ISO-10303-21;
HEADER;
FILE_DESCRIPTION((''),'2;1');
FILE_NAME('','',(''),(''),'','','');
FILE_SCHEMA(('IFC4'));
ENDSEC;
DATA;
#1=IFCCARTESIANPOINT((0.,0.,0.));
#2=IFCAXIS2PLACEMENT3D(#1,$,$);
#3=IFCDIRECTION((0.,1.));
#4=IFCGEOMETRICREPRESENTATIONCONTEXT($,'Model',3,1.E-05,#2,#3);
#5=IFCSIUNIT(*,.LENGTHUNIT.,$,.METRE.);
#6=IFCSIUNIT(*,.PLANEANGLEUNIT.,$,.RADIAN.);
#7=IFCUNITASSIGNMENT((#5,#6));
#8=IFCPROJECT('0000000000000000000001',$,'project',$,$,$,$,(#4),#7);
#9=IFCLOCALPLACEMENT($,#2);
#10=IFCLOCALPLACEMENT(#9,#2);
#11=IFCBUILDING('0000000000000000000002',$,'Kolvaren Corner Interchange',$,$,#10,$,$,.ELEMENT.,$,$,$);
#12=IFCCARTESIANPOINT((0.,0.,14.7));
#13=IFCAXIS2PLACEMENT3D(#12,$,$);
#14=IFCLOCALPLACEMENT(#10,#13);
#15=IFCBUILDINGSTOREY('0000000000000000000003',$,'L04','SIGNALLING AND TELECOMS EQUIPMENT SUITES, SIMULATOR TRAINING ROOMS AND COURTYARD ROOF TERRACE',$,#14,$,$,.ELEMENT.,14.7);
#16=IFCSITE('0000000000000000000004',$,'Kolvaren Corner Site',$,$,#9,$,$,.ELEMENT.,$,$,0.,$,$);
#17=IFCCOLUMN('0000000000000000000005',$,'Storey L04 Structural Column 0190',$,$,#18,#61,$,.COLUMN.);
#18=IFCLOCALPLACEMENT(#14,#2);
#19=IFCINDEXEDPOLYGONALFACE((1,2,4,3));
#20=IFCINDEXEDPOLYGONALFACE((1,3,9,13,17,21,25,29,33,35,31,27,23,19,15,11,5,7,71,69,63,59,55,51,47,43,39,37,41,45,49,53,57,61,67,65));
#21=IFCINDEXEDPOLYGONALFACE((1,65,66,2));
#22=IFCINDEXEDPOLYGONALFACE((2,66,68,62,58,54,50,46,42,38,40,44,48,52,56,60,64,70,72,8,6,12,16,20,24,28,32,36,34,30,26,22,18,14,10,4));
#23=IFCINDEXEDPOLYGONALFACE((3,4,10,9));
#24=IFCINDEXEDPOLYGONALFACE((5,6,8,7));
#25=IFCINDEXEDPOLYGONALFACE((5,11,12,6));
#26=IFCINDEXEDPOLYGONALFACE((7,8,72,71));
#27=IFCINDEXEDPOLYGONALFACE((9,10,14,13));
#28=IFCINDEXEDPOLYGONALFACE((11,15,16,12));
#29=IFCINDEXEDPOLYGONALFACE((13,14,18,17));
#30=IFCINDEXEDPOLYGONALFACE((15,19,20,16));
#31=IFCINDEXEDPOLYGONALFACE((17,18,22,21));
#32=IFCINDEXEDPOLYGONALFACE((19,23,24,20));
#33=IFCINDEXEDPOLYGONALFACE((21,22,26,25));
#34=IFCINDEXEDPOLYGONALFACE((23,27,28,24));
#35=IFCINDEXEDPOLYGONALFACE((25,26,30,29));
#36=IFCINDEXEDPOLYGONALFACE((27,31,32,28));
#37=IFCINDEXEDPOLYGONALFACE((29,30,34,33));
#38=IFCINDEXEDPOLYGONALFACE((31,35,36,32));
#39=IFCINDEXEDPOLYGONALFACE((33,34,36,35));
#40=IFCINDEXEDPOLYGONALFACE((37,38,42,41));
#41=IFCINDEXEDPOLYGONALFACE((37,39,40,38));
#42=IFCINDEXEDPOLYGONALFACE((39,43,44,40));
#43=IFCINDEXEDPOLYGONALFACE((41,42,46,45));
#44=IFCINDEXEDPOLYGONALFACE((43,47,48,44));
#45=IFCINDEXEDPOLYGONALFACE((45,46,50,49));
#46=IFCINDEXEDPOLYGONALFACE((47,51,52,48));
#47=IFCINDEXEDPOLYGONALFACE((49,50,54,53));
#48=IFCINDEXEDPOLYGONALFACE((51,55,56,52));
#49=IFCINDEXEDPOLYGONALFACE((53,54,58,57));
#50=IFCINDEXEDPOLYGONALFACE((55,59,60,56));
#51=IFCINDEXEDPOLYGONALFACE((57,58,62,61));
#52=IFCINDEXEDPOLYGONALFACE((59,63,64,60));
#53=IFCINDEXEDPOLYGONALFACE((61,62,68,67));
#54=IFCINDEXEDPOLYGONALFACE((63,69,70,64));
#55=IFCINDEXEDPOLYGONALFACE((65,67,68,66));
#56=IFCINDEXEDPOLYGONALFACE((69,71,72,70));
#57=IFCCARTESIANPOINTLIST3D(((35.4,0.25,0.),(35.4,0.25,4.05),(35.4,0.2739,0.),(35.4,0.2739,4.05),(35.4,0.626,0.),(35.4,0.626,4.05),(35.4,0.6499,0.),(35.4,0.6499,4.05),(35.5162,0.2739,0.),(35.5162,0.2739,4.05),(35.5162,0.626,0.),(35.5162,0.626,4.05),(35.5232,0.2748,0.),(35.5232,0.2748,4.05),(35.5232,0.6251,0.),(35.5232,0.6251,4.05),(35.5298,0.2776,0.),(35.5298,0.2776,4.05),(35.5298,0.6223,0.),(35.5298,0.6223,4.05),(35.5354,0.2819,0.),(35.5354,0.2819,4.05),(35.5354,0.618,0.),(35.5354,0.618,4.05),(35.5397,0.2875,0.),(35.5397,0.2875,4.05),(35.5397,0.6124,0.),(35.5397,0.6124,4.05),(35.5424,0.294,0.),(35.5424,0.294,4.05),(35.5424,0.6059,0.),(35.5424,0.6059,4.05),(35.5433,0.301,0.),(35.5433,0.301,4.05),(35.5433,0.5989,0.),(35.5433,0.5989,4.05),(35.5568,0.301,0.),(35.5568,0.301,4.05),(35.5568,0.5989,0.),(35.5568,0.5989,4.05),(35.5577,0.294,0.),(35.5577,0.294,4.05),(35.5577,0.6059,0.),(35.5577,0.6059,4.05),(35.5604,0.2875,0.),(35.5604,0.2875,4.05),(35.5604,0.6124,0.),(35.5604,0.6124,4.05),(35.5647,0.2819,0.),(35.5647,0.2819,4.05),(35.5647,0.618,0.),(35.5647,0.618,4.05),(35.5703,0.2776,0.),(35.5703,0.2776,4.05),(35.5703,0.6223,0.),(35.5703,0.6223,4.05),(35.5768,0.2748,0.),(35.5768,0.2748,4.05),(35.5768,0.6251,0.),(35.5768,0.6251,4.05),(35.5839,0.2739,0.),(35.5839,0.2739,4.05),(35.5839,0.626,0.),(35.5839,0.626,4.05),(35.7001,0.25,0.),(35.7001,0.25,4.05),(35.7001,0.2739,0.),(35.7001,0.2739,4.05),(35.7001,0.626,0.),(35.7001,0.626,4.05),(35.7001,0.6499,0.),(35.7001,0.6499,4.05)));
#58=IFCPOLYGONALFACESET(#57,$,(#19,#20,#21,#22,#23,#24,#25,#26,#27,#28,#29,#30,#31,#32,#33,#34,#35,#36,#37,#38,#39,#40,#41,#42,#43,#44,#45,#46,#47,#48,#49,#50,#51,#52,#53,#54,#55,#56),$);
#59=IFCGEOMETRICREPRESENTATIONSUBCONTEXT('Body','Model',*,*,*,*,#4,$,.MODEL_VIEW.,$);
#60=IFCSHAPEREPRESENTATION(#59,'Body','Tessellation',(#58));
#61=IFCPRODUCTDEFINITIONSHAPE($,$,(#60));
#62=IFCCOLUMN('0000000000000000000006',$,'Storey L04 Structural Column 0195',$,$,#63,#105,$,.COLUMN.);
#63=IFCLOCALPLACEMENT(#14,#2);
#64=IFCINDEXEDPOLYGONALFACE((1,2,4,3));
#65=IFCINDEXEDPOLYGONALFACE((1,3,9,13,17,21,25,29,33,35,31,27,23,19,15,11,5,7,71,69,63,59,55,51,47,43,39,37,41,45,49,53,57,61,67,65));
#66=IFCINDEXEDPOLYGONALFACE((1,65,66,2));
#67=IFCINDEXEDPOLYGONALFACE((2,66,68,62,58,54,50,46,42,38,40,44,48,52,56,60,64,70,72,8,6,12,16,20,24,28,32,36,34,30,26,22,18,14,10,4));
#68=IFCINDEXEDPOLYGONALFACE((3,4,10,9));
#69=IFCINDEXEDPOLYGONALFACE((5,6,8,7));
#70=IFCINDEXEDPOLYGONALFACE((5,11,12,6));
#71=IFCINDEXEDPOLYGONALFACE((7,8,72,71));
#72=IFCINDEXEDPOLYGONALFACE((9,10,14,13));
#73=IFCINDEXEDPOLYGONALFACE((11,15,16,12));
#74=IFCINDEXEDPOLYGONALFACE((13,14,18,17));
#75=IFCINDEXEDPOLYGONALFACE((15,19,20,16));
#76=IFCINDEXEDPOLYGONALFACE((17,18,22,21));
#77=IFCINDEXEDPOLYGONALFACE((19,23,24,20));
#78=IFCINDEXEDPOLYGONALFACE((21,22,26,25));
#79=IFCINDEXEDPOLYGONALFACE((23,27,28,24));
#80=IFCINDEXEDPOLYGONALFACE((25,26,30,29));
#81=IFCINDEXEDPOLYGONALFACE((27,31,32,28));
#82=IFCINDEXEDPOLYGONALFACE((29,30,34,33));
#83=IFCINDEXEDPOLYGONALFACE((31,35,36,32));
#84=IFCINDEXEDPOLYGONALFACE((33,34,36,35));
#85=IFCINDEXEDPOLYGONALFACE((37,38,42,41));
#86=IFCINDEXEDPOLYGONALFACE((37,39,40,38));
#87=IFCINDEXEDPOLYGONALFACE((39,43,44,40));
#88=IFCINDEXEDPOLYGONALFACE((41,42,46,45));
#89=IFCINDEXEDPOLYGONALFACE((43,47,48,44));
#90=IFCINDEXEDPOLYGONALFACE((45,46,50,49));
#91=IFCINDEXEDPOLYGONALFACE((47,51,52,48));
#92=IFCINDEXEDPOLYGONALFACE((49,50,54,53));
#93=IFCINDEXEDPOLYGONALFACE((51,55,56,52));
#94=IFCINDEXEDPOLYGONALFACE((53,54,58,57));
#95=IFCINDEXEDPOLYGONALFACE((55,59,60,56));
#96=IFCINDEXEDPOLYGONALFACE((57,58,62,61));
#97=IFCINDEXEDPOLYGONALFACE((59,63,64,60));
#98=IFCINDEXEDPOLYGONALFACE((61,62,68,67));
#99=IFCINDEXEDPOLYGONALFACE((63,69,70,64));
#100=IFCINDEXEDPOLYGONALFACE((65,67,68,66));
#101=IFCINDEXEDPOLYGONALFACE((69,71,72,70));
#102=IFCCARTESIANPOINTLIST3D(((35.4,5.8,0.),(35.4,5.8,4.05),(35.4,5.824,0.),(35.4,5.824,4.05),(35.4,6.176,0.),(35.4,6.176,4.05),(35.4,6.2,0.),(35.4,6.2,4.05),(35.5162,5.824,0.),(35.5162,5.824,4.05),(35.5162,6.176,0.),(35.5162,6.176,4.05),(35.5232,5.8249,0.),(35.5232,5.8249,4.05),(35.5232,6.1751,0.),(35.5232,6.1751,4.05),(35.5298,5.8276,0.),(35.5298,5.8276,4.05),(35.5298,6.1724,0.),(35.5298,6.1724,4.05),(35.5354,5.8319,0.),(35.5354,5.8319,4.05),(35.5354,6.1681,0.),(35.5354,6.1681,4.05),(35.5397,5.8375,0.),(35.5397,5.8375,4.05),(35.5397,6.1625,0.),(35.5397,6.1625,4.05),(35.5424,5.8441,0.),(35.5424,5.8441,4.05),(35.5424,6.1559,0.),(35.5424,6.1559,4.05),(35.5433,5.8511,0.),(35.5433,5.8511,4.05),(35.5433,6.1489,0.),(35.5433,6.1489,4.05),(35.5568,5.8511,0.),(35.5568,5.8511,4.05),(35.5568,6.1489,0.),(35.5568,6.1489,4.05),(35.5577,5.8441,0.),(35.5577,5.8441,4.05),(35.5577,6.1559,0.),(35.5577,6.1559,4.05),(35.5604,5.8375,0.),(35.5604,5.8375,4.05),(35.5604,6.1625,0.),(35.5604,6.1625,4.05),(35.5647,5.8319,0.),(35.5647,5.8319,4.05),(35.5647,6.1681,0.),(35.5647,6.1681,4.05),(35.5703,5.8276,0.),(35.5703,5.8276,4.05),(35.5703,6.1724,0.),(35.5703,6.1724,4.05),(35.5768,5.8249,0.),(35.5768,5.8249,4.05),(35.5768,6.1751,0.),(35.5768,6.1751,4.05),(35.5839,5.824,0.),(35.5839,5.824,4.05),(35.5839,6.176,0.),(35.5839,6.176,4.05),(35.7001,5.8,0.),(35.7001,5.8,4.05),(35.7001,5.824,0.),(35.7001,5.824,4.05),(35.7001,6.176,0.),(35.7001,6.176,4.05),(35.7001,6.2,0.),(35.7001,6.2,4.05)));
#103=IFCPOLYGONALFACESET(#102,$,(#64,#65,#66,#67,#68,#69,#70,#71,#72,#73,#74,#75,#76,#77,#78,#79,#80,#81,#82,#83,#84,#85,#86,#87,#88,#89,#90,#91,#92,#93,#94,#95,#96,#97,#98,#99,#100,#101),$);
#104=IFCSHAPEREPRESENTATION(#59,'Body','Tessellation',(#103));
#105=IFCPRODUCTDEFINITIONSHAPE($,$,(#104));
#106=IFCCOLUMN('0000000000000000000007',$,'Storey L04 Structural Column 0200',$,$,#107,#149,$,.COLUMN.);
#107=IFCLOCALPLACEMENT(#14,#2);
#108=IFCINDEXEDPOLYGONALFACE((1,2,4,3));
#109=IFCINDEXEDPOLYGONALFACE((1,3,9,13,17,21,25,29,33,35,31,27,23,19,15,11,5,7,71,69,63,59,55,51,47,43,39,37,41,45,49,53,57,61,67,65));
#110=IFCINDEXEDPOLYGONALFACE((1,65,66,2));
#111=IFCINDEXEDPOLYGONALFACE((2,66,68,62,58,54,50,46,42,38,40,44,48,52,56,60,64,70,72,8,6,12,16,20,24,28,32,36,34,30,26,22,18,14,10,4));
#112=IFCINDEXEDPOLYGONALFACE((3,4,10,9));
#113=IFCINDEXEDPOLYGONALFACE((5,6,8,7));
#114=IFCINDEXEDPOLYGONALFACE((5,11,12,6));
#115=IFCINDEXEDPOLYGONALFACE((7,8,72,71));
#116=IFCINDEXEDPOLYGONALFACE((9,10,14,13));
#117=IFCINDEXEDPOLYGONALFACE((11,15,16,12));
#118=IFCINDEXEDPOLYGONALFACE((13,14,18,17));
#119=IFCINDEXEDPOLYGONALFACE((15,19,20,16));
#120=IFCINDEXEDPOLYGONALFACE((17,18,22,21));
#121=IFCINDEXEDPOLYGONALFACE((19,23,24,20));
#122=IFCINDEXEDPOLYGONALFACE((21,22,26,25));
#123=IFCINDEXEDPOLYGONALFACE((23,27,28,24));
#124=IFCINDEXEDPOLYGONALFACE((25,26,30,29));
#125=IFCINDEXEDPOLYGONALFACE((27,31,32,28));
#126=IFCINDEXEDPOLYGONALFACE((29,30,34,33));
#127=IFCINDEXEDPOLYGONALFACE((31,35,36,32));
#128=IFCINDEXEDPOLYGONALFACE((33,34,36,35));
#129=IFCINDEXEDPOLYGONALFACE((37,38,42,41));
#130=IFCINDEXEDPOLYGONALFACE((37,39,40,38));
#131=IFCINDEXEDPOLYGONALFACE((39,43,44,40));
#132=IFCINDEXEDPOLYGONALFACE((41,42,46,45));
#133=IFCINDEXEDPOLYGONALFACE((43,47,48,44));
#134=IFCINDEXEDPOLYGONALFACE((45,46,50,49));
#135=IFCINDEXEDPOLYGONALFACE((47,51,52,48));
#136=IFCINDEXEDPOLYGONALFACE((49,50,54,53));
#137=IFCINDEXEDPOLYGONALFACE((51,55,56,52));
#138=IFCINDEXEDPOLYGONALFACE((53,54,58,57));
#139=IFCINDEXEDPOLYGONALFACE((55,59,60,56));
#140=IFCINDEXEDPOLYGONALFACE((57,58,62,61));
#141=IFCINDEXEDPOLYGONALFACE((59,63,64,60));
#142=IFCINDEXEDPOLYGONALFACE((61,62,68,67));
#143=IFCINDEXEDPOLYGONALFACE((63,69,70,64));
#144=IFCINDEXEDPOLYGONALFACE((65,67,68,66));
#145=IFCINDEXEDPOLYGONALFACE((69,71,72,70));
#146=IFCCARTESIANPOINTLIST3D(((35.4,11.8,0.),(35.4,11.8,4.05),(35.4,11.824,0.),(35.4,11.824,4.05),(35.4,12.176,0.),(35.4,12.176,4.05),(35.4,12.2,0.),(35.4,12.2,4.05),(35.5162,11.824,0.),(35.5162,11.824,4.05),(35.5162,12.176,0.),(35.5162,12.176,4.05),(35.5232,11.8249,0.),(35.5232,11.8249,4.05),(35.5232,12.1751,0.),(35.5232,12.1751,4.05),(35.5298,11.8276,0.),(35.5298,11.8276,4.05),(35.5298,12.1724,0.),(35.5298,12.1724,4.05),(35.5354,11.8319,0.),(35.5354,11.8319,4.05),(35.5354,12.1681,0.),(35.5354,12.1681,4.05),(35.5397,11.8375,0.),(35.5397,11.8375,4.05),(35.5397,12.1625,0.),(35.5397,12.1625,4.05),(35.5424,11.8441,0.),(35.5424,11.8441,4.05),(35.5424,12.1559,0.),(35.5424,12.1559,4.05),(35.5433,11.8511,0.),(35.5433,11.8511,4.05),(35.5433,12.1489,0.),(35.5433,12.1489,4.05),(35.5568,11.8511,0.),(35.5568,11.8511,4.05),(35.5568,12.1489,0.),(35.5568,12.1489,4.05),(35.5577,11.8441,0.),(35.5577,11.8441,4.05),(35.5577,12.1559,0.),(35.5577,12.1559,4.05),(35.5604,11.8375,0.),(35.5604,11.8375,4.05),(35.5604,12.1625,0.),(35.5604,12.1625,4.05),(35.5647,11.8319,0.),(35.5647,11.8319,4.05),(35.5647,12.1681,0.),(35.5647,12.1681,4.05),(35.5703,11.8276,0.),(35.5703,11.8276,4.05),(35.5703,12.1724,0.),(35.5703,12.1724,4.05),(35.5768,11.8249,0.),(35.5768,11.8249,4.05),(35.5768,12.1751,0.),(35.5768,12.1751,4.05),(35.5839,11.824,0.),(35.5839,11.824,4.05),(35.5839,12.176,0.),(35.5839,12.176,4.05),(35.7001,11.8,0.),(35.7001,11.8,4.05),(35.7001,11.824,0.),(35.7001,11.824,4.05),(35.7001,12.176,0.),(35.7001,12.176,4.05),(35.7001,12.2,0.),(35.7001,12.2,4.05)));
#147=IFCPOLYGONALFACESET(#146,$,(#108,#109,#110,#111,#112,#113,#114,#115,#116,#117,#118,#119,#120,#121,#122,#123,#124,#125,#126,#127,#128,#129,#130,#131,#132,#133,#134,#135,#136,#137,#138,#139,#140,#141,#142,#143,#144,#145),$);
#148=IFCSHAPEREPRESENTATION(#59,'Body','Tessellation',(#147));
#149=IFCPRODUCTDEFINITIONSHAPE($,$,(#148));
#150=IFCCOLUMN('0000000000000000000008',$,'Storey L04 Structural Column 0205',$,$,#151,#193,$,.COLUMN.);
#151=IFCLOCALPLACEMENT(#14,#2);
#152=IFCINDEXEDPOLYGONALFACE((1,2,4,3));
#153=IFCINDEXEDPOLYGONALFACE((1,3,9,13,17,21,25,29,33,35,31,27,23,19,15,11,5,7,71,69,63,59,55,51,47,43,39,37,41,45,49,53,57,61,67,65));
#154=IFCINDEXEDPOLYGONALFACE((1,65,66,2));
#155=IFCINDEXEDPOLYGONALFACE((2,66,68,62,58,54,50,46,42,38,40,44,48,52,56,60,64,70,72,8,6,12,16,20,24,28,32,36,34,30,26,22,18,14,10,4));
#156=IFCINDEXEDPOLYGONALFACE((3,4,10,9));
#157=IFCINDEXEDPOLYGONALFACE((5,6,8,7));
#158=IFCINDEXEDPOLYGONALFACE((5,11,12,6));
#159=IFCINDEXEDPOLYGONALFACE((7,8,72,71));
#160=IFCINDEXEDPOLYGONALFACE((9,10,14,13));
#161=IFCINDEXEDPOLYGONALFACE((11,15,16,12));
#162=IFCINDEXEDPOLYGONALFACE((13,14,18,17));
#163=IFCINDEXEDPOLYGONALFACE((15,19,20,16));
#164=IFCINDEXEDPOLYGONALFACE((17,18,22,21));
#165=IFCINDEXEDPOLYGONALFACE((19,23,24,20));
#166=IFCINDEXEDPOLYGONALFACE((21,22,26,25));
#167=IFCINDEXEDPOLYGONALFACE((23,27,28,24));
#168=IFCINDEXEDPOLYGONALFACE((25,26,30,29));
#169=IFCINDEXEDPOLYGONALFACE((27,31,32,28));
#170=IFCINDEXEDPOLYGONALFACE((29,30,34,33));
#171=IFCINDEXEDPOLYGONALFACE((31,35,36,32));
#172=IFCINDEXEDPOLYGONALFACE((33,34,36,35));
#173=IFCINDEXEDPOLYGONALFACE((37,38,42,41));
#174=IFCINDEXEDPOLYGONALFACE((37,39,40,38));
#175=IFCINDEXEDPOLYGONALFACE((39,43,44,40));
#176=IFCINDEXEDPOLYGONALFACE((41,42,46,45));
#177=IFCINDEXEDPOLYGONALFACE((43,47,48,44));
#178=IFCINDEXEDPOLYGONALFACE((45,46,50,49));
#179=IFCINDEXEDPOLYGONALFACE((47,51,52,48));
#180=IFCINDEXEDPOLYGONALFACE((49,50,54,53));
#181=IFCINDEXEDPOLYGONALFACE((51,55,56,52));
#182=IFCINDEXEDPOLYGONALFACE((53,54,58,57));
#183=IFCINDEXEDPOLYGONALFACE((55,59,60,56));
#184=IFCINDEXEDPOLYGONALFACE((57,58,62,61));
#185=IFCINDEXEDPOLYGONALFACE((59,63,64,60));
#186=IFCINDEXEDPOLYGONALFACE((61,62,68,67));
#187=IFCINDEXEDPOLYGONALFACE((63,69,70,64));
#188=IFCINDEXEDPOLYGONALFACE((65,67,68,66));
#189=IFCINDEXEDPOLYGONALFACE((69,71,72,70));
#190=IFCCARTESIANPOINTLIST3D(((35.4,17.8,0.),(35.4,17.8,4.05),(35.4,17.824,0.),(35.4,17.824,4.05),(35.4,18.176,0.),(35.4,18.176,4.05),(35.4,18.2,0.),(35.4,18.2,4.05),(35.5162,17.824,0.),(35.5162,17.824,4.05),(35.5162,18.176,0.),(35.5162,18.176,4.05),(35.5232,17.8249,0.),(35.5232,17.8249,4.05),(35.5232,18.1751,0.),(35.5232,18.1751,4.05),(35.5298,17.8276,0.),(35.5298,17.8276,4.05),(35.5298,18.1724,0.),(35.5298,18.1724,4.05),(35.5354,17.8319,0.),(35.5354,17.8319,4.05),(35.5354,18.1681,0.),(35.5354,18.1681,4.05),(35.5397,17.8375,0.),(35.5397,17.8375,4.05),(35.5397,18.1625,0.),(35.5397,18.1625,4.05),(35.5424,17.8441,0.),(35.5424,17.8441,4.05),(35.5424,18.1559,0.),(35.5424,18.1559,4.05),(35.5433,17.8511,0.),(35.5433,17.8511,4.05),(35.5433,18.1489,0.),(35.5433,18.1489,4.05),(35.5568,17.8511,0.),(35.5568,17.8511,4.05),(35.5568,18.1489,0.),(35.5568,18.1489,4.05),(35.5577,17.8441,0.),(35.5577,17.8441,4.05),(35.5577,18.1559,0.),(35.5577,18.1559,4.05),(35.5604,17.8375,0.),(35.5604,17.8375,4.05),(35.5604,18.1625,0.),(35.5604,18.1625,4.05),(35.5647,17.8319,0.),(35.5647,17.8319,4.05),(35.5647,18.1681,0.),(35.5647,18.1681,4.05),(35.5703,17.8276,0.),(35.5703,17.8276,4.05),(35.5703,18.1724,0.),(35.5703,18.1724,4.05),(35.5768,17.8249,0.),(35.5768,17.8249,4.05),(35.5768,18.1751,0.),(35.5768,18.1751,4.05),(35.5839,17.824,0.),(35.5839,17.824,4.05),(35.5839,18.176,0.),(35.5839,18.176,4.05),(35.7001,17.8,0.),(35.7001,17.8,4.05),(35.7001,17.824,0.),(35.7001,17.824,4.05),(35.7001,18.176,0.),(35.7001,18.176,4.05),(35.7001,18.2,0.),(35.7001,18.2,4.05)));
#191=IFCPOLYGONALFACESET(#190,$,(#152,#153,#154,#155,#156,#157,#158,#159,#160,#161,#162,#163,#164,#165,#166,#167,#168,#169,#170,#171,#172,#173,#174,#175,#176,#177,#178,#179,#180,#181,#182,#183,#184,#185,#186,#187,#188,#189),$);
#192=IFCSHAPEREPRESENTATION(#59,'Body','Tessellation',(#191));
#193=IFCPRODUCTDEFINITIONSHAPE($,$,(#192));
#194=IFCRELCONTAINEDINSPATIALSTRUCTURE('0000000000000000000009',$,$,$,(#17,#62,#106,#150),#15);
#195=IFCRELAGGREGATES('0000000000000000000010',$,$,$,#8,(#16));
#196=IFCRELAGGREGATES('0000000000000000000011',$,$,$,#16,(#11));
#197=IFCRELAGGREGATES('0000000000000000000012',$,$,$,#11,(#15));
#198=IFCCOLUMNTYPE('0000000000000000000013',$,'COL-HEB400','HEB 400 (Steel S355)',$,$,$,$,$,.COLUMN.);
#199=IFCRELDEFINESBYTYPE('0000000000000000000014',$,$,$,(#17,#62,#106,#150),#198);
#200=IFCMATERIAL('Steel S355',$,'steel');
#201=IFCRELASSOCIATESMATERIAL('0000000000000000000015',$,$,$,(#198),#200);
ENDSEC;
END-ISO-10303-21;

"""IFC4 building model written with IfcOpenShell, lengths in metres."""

from ifc_helpers import new_model, si_unit, direction, frame, origin, origin_2d, place, context, subcontext, project, spatial, i_section, extrude, material, material_profile, profile_set, type_object, element, save


model = new_model("IFC4")

# Units and contexts
model_context = context("Model", 3, precision=1e-05, world=origin(), true_north=direction((0.0, 1.0)))
body_context = subcontext(model_context, "Body", "Model", "MODEL_VIEW")
ifc_project = project(units=[si_unit("LENGTHUNIT", "METRE"), si_unit("PLANEANGLEUNIT", "RADIAN")], contexts=[model_context])

# Site, building, storey
site_placement = place(None, origin())
site = spatial("IfcSite", under=ifc_project, at=site_placement, Name="Kolvaren Corner Site", CompositionType="ELEMENT", RefElevation=0.0)
building_placement = place(site_placement, origin())
building = spatial("IfcBuilding", under=site, at=building_placement, Name="Kolvaren Corner Interchange", CompositionType="ELEMENT")
storey_placement = place(building_placement, frame((0.0, 0.0, 14.7)))
storey = spatial("IfcBuildingStorey", under=building, at=storey_placement, Name="L04", Description="SIGNALLING AND TELECOMS EQUIPMENT SUITES, SIMULATOR TRAINING ROOMS AND COURTYARD ROOF TERRACE", CompositionType="ELEMENT", Elevation=14.7)

# Columns
ifc_material_1 = material(Name="Steel S355", Category="steel")
ifc_material_profile_1 = material_profile(ifc_material_1, i_section(OverallWidth=0.3, OverallDepth=0.3999, WebThickness=0.0134, FlangeThickness=0.0239, FilletRadius=0.0271, at=origin_2d()), Name="HEB 400")
ifc_profile_set_1 = profile_set([ifc_material_profile_1], Name="Steel S355")
column_type = type_object("IfcColumnType", Name="COL-HEB400", Description="HEB 400 (Steel S355)", PredefinedType="COLUMN", material=ifc_profile_set_1)
for number, where, z_axis, x_axis, name in (
    (1, (35.55, 0.45, 0.0), (0.0, 0.0, 1.0), (1.0, 0.0, 0.0), "Storey L04 Structural Column 0190"),
    (2, (35.55, 6.0, 0.0), (0.0, 0.0, 1.0), (1.0, 0.0, 0.0), "Storey L04 Structural Column 0195"),
    (3, (35.55, 12.0, 0.0), (0.0, 0.0, 1.0), (1.0, 0.0, 0.0), "Storey L04 Structural Column 0200"),
    (4, (35.55, 18.0, 0.0), (0.0, 0.0, 1.0), (1.0, 0.0, 0.0), "Storey L04 Structural Column 0205"),
):
    element("IfcColumn", number, at=place(storey_placement, frame(where, z_axis=z_axis, x_axis=x_axis)), inside=storey, type_object=column_type, Name=name, PredefinedType="COLUMN", context=body_context, shape_type="SweptSolid", body=[
        extrude(i_section(OverallWidth=0.3, OverallDepth=0.3999, WebThickness=0.0134, FlangeThickness=0.0239, FilletRadius=0.0271, at=origin_2d()), origin(), (0.0, 0.0, 1.0), 4.05),
    ])

save(model, "model.ifc")
